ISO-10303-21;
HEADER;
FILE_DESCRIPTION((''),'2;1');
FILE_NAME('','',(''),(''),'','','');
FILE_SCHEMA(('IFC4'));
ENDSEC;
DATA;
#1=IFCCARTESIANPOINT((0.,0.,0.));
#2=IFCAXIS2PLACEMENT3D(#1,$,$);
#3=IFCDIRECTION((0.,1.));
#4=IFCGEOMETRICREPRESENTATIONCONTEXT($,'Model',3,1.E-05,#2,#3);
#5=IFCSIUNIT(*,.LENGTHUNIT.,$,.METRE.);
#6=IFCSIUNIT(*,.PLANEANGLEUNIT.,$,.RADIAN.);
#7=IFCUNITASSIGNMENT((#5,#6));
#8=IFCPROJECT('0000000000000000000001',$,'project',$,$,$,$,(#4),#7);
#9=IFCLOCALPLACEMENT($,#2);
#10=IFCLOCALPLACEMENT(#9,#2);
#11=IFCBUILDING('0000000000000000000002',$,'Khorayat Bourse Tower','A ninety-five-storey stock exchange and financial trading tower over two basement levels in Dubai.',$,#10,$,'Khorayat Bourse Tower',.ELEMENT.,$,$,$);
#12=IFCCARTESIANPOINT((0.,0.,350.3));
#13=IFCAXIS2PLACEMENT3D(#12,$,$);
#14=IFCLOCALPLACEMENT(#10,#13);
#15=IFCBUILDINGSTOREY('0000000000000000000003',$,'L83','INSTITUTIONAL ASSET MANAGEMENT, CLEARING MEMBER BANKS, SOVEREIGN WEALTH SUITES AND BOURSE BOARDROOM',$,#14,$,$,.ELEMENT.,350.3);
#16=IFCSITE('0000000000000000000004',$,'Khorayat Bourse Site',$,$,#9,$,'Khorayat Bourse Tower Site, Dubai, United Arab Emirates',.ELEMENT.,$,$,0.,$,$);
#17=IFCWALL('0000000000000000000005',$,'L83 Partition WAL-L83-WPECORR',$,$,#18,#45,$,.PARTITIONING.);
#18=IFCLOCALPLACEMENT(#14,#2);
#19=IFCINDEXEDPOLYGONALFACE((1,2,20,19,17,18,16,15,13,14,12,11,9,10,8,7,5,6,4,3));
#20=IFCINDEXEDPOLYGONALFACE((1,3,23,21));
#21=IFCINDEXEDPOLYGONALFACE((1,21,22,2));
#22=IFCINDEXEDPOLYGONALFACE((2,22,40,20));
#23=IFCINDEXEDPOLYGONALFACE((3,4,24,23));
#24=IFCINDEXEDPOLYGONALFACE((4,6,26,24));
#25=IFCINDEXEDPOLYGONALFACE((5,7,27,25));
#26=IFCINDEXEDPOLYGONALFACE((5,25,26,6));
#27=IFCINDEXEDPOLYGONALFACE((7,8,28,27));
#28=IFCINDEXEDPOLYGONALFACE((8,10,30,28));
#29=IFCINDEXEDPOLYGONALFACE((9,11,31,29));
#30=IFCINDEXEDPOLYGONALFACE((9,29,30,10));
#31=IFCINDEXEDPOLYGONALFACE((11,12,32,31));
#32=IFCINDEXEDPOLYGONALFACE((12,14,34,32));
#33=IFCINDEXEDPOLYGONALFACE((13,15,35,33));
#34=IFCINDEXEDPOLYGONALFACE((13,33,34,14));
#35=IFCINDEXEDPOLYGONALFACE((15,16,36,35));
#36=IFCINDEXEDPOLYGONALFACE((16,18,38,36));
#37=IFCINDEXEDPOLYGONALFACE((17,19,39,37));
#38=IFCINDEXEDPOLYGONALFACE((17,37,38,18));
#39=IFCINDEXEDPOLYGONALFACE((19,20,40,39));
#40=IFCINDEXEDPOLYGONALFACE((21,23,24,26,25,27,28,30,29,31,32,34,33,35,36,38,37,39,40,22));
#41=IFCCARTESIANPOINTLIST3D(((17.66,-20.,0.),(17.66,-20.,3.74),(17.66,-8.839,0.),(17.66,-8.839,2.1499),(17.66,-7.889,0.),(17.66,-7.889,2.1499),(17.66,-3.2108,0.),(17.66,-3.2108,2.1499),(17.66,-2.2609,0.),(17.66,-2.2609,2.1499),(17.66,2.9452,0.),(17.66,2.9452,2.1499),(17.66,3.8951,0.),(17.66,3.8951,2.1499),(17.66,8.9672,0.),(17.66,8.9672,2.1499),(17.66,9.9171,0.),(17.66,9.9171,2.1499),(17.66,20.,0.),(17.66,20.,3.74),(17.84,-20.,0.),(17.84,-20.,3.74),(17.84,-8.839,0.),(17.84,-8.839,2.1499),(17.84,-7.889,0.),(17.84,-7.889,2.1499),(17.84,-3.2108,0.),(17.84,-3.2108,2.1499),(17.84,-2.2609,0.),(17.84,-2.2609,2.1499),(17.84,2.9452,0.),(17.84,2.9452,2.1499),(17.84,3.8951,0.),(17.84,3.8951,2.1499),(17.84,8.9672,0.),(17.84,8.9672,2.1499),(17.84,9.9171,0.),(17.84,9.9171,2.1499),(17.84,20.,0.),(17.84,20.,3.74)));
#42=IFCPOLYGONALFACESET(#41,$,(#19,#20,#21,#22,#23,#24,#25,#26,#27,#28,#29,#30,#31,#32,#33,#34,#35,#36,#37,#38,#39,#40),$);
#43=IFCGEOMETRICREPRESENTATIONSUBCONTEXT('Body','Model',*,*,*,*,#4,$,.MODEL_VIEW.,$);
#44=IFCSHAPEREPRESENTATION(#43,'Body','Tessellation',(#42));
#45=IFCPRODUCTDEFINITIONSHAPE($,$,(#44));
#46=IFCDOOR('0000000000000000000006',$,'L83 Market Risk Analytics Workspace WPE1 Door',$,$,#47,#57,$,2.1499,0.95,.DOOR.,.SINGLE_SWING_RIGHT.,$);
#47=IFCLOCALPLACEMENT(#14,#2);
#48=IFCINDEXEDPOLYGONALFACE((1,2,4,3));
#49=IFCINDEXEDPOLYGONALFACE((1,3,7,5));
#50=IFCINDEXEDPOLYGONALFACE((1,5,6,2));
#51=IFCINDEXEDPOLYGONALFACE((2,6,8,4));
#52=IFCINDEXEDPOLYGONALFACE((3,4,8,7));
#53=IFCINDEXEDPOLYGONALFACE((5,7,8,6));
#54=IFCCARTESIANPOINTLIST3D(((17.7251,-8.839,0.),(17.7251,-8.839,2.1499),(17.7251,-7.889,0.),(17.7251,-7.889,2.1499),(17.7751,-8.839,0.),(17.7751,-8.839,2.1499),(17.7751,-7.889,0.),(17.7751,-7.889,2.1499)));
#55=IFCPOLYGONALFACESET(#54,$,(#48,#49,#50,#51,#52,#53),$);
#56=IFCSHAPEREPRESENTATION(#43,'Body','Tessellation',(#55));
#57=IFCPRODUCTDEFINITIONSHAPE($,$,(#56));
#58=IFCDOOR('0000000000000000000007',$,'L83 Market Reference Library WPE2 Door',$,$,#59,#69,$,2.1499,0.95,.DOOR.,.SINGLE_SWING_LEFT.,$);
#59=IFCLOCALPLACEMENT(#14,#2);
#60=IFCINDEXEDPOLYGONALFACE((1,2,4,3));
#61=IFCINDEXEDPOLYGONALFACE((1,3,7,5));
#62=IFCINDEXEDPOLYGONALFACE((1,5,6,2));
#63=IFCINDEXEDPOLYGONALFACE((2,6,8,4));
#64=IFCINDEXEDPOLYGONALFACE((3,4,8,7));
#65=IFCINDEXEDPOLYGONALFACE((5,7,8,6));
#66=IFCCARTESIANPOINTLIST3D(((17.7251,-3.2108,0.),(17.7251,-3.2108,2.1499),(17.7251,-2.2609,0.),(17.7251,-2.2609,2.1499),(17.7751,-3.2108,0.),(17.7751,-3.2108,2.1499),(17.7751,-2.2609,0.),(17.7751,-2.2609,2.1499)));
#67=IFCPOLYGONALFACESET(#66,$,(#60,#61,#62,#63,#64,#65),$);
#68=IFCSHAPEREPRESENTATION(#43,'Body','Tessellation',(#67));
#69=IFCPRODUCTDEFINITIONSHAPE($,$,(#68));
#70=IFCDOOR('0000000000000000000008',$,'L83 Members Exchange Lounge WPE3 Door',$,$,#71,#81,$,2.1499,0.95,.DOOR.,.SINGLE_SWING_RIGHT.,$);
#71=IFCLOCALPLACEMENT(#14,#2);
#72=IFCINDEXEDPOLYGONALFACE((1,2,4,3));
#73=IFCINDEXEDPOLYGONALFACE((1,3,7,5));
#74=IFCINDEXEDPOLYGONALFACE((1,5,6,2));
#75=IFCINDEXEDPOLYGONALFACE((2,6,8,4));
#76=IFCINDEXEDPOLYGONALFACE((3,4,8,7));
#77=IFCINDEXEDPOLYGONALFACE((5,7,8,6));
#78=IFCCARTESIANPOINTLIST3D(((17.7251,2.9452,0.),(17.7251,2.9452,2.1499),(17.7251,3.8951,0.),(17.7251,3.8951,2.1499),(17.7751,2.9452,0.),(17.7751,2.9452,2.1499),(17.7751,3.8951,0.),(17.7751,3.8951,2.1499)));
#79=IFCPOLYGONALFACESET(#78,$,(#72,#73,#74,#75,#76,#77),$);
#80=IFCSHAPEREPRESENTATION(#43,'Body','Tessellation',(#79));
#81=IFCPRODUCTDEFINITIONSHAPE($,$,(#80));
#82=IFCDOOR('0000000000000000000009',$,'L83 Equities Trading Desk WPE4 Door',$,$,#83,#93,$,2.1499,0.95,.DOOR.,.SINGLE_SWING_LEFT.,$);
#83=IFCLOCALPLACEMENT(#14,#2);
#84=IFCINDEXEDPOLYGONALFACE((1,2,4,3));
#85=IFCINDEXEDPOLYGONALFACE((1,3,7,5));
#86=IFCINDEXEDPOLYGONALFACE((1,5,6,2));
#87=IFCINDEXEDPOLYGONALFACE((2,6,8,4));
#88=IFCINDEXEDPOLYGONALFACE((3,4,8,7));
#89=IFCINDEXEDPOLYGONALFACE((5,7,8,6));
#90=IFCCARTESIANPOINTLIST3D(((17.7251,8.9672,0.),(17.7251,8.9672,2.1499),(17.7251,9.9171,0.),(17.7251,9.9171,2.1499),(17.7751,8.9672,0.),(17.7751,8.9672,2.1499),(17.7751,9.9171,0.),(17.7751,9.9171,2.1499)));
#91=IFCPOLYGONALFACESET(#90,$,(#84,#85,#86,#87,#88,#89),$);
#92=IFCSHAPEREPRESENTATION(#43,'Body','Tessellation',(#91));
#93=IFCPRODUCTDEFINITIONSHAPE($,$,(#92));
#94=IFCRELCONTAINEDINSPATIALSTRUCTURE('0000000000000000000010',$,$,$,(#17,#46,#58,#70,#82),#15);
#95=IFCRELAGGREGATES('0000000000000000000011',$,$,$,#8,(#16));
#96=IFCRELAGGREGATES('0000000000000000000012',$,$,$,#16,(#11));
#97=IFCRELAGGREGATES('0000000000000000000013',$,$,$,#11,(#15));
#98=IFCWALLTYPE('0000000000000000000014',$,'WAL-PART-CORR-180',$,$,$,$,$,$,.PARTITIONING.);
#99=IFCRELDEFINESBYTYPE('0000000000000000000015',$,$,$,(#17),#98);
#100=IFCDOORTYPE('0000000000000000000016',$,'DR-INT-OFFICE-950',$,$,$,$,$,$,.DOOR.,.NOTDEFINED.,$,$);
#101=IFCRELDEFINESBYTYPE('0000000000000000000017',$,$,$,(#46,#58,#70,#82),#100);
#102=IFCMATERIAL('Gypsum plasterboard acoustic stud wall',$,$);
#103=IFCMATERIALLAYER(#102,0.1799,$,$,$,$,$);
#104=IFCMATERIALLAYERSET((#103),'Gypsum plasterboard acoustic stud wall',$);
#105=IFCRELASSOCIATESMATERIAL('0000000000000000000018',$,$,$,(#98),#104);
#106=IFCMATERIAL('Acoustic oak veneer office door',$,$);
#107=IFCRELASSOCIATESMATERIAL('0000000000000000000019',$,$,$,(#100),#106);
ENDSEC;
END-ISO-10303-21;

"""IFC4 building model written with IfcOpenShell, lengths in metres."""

from ifc_helpers import new_model, si_unit, direction, frame, frame_2d, origin, place, context, subcontext, project, spatial, rectangle, extrude, source, transform, mapped, material, layer, layer_set, type_object, element, fill, save


model = new_model("IFC4")

# Units and contexts
model_context = context("Model", 3, precision=1e-05, world=origin(), true_north=direction((0.0, 1.0)))
body_context = subcontext(model_context, "Body", "Model", "MODEL_VIEW")
ifc_project = project(units=[si_unit("LENGTHUNIT", "METRE"), si_unit("PLANEANGLEUNIT", "RADIAN")], contexts=[model_context])

# Site, building, storey
site_placement = place(None, origin())
site = spatial("IfcSite", under=ifc_project, at=site_placement, Name="Khorayat Bourse Site", LongName="Khorayat Bourse Tower Site, Dubai, United Arab Emirates", CompositionType="ELEMENT", RefElevation=0.0)
building_placement = place(site_placement, origin())
building = spatial("IfcBuilding", under=site, at=building_placement, Name="Khorayat Bourse Tower", Description="A ninety-five-storey stock exchange and financial trading tower over two basement levels in Dubai.", LongName="Khorayat Bourse Tower", CompositionType="ELEMENT")
storey_placement = place(building_placement, frame((0.0, 0.0, 350.3)))
storey = spatial("IfcBuildingStorey", under=building, at=storey_placement, Name="L83", Description="INSTITUTIONAL ASSET MANAGEMENT, CLEARING MEMBER BANKS, SOVEREIGN WEALTH SUITES AND BOURSE BOARDROOM", CompositionType="ELEMENT", Elevation=350.3)

# Wall, openings, doors
ifc_material_1 = material(Name="Gypsum plasterboard acoustic stud wall")
ifc_layer_1 = layer(ifc_material_1, 0.1799)
ifc_layer_set_1 = layer_set([ifc_layer_1], Name="Gypsum plasterboard acoustic stud wall")
wall_type_1 = type_object("IfcWallType", Name="WAL-PART-CORR-180", PredefinedType="PARTITIONING", material=ifc_layer_set_1)
shared_shape_1 = source(origin(), body_context, "Body", "SweptSolid", [
    extrude(rectangle(XDim=40.0, YDim=0.1799, at=frame_2d((20.0, 0.0))), origin(), (0.0, 0.0, 1.0), 3.74),
])
wall_1_placement = place(storey_placement, frame((17.75, -20.0, 0.0), z_axis=(0.0, 0.0, 1.0), x_axis=(0.0, 1.0, 0.0)))
wall_1 = element("IfcWall", 1, at=wall_1_placement, inside=storey, type_object=wall_type_1, Name="L83 Partition WAL-L83-WPECORR", PredefinedType="PARTITIONING", context=body_context, shape_type="MappedRepresentation", body=[
    mapped(shared_shape_1, transform((0.0, 0.0, 0.0), scale=1.0)),
])
shared_shape_2 = source(origin(), body_context, "Body", "SweptSolid", [
    extrude(rectangle(XDim=0.95, YDim=2.1499, at=frame_2d((0.4751, 1.075))), frame((0.0, 0.0999, 0.0), z_axis=(0.0, -1.0, 0.0), x_axis=(1.0, 0.0, 0.0)), (0.0, 0.0, 1.0), 0.2),
])
opening_1_placement = place(wall_1_placement, frame((11.1609, 0.0, 0.0)))
opening_1 = element("IfcOpeningElement", 2, at=opening_1_placement, cuts=wall_1, PredefinedType="OPENING", context=body_context, shape_type="MappedRepresentation", body=[
    mapped(shared_shape_2, transform((0.0, 0.0, 0.0), scale=1.0)),
])
opening_2_placement = place(wall_1_placement, frame((16.7891, 0.0, 0.0)))
opening_2 = element("IfcOpeningElement", 3, at=opening_2_placement, cuts=wall_1, PredefinedType="OPENING", context=body_context, shape_type="MappedRepresentation", body=[
    mapped(shared_shape_2, transform((0.0, 0.0, 0.0), scale=1.0)),
])
opening_3_placement = place(wall_1_placement, frame((22.9451, 0.0, 0.0)))
opening_3 = element("IfcOpeningElement", 4, at=opening_3_placement, cuts=wall_1, PredefinedType="OPENING", context=body_context, shape_type="MappedRepresentation", body=[
    mapped(shared_shape_2, transform((0.0, 0.0, 0.0), scale=1.0)),
])
opening_4_placement = place(wall_1_placement, frame((28.967, 0.0, 0.0)))
opening_4 = element("IfcOpeningElement", 5, at=opening_4_placement, cuts=wall_1, PredefinedType="OPENING", context=body_context, shape_type="MappedRepresentation", body=[
    mapped(shared_shape_2, transform((0.0, 0.0, 0.0), scale=1.0)),
])
ifc_material_2 = material(Name="Acoustic oak veneer office door")
door_type = type_object("IfcDoorType", Name="DR-INT-OFFICE-950", OperationType="NOTDEFINED", PredefinedType="DOOR", material=ifc_material_2)
shared_shape_3 = source(origin(), body_context, "Body", "SweptSolid", [
    extrude(rectangle(XDim=0.95, YDim=2.1499, at=frame_2d((0.4751, 1.075))), frame((0.0, 0.0249, 0.0), z_axis=(0.0, -1.0, 0.0), x_axis=(1.0, 0.0, 0.0)), (0.0, 0.0, 1.0), 0.05),
])
door_1_placement = place(opening_1_placement, origin())
door_1 = element("IfcDoor", 6, at=door_1_placement, inside=storey, type_object=door_type, Name="L83 Market Risk Analytics Workspace WPE1 Door", OperationType="SINGLE_SWING_RIGHT", OverallHeight=2.1499, OverallWidth=0.95, PredefinedType="DOOR", context=body_context, shape_type="MappedRepresentation", body=[
    mapped(shared_shape_3, transform((0.0, 0.0, 0.0), scale=1.0)),
])
fill(opening_1, door_1)
door_2_placement = place(opening_2_placement, origin())
door_2 = element("IfcDoor", 7, at=door_2_placement, inside=storey, type_object=door_type, Name="L83 Market Reference Library WPE2 Door", OperationType="SINGLE_SWING_LEFT", OverallHeight=2.1499, OverallWidth=0.95, PredefinedType="DOOR", context=body_context, shape_type="MappedRepresentation", body=[
    mapped(shared_shape_3, transform((0.0, 0.0, 0.0), scale=1.0)),
])
fill(opening_2, door_2)
door_3_placement = place(opening_3_placement, origin())
door_3 = element("IfcDoor", 8, at=door_3_placement, inside=storey, type_object=door_type, Name="L83 Members Exchange Lounge WPE3 Door", OperationType="SINGLE_SWING_RIGHT", OverallHeight=2.1499, OverallWidth=0.95, PredefinedType="DOOR", context=body_context, shape_type="MappedRepresentation", body=[
    mapped(shared_shape_3, transform((0.0, 0.0, 0.0), scale=1.0)),
])
fill(opening_3, door_3)
door_4_placement = place(opening_4_placement, origin())
door_4 = element("IfcDoor", 9, at=door_4_placement, inside=storey, type_object=door_type, Name="L83 Equities Trading Desk WPE4 Door", OperationType="SINGLE_SWING_LEFT", OverallHeight=2.1499, OverallWidth=0.95, PredefinedType="DOOR", context=body_context, shape_type="MappedRepresentation", body=[
    mapped(shared_shape_3, transform((0.0, 0.0, 0.0), scale=1.0)),
])
fill(opening_4, door_4)

save(model, "model.ifc")
